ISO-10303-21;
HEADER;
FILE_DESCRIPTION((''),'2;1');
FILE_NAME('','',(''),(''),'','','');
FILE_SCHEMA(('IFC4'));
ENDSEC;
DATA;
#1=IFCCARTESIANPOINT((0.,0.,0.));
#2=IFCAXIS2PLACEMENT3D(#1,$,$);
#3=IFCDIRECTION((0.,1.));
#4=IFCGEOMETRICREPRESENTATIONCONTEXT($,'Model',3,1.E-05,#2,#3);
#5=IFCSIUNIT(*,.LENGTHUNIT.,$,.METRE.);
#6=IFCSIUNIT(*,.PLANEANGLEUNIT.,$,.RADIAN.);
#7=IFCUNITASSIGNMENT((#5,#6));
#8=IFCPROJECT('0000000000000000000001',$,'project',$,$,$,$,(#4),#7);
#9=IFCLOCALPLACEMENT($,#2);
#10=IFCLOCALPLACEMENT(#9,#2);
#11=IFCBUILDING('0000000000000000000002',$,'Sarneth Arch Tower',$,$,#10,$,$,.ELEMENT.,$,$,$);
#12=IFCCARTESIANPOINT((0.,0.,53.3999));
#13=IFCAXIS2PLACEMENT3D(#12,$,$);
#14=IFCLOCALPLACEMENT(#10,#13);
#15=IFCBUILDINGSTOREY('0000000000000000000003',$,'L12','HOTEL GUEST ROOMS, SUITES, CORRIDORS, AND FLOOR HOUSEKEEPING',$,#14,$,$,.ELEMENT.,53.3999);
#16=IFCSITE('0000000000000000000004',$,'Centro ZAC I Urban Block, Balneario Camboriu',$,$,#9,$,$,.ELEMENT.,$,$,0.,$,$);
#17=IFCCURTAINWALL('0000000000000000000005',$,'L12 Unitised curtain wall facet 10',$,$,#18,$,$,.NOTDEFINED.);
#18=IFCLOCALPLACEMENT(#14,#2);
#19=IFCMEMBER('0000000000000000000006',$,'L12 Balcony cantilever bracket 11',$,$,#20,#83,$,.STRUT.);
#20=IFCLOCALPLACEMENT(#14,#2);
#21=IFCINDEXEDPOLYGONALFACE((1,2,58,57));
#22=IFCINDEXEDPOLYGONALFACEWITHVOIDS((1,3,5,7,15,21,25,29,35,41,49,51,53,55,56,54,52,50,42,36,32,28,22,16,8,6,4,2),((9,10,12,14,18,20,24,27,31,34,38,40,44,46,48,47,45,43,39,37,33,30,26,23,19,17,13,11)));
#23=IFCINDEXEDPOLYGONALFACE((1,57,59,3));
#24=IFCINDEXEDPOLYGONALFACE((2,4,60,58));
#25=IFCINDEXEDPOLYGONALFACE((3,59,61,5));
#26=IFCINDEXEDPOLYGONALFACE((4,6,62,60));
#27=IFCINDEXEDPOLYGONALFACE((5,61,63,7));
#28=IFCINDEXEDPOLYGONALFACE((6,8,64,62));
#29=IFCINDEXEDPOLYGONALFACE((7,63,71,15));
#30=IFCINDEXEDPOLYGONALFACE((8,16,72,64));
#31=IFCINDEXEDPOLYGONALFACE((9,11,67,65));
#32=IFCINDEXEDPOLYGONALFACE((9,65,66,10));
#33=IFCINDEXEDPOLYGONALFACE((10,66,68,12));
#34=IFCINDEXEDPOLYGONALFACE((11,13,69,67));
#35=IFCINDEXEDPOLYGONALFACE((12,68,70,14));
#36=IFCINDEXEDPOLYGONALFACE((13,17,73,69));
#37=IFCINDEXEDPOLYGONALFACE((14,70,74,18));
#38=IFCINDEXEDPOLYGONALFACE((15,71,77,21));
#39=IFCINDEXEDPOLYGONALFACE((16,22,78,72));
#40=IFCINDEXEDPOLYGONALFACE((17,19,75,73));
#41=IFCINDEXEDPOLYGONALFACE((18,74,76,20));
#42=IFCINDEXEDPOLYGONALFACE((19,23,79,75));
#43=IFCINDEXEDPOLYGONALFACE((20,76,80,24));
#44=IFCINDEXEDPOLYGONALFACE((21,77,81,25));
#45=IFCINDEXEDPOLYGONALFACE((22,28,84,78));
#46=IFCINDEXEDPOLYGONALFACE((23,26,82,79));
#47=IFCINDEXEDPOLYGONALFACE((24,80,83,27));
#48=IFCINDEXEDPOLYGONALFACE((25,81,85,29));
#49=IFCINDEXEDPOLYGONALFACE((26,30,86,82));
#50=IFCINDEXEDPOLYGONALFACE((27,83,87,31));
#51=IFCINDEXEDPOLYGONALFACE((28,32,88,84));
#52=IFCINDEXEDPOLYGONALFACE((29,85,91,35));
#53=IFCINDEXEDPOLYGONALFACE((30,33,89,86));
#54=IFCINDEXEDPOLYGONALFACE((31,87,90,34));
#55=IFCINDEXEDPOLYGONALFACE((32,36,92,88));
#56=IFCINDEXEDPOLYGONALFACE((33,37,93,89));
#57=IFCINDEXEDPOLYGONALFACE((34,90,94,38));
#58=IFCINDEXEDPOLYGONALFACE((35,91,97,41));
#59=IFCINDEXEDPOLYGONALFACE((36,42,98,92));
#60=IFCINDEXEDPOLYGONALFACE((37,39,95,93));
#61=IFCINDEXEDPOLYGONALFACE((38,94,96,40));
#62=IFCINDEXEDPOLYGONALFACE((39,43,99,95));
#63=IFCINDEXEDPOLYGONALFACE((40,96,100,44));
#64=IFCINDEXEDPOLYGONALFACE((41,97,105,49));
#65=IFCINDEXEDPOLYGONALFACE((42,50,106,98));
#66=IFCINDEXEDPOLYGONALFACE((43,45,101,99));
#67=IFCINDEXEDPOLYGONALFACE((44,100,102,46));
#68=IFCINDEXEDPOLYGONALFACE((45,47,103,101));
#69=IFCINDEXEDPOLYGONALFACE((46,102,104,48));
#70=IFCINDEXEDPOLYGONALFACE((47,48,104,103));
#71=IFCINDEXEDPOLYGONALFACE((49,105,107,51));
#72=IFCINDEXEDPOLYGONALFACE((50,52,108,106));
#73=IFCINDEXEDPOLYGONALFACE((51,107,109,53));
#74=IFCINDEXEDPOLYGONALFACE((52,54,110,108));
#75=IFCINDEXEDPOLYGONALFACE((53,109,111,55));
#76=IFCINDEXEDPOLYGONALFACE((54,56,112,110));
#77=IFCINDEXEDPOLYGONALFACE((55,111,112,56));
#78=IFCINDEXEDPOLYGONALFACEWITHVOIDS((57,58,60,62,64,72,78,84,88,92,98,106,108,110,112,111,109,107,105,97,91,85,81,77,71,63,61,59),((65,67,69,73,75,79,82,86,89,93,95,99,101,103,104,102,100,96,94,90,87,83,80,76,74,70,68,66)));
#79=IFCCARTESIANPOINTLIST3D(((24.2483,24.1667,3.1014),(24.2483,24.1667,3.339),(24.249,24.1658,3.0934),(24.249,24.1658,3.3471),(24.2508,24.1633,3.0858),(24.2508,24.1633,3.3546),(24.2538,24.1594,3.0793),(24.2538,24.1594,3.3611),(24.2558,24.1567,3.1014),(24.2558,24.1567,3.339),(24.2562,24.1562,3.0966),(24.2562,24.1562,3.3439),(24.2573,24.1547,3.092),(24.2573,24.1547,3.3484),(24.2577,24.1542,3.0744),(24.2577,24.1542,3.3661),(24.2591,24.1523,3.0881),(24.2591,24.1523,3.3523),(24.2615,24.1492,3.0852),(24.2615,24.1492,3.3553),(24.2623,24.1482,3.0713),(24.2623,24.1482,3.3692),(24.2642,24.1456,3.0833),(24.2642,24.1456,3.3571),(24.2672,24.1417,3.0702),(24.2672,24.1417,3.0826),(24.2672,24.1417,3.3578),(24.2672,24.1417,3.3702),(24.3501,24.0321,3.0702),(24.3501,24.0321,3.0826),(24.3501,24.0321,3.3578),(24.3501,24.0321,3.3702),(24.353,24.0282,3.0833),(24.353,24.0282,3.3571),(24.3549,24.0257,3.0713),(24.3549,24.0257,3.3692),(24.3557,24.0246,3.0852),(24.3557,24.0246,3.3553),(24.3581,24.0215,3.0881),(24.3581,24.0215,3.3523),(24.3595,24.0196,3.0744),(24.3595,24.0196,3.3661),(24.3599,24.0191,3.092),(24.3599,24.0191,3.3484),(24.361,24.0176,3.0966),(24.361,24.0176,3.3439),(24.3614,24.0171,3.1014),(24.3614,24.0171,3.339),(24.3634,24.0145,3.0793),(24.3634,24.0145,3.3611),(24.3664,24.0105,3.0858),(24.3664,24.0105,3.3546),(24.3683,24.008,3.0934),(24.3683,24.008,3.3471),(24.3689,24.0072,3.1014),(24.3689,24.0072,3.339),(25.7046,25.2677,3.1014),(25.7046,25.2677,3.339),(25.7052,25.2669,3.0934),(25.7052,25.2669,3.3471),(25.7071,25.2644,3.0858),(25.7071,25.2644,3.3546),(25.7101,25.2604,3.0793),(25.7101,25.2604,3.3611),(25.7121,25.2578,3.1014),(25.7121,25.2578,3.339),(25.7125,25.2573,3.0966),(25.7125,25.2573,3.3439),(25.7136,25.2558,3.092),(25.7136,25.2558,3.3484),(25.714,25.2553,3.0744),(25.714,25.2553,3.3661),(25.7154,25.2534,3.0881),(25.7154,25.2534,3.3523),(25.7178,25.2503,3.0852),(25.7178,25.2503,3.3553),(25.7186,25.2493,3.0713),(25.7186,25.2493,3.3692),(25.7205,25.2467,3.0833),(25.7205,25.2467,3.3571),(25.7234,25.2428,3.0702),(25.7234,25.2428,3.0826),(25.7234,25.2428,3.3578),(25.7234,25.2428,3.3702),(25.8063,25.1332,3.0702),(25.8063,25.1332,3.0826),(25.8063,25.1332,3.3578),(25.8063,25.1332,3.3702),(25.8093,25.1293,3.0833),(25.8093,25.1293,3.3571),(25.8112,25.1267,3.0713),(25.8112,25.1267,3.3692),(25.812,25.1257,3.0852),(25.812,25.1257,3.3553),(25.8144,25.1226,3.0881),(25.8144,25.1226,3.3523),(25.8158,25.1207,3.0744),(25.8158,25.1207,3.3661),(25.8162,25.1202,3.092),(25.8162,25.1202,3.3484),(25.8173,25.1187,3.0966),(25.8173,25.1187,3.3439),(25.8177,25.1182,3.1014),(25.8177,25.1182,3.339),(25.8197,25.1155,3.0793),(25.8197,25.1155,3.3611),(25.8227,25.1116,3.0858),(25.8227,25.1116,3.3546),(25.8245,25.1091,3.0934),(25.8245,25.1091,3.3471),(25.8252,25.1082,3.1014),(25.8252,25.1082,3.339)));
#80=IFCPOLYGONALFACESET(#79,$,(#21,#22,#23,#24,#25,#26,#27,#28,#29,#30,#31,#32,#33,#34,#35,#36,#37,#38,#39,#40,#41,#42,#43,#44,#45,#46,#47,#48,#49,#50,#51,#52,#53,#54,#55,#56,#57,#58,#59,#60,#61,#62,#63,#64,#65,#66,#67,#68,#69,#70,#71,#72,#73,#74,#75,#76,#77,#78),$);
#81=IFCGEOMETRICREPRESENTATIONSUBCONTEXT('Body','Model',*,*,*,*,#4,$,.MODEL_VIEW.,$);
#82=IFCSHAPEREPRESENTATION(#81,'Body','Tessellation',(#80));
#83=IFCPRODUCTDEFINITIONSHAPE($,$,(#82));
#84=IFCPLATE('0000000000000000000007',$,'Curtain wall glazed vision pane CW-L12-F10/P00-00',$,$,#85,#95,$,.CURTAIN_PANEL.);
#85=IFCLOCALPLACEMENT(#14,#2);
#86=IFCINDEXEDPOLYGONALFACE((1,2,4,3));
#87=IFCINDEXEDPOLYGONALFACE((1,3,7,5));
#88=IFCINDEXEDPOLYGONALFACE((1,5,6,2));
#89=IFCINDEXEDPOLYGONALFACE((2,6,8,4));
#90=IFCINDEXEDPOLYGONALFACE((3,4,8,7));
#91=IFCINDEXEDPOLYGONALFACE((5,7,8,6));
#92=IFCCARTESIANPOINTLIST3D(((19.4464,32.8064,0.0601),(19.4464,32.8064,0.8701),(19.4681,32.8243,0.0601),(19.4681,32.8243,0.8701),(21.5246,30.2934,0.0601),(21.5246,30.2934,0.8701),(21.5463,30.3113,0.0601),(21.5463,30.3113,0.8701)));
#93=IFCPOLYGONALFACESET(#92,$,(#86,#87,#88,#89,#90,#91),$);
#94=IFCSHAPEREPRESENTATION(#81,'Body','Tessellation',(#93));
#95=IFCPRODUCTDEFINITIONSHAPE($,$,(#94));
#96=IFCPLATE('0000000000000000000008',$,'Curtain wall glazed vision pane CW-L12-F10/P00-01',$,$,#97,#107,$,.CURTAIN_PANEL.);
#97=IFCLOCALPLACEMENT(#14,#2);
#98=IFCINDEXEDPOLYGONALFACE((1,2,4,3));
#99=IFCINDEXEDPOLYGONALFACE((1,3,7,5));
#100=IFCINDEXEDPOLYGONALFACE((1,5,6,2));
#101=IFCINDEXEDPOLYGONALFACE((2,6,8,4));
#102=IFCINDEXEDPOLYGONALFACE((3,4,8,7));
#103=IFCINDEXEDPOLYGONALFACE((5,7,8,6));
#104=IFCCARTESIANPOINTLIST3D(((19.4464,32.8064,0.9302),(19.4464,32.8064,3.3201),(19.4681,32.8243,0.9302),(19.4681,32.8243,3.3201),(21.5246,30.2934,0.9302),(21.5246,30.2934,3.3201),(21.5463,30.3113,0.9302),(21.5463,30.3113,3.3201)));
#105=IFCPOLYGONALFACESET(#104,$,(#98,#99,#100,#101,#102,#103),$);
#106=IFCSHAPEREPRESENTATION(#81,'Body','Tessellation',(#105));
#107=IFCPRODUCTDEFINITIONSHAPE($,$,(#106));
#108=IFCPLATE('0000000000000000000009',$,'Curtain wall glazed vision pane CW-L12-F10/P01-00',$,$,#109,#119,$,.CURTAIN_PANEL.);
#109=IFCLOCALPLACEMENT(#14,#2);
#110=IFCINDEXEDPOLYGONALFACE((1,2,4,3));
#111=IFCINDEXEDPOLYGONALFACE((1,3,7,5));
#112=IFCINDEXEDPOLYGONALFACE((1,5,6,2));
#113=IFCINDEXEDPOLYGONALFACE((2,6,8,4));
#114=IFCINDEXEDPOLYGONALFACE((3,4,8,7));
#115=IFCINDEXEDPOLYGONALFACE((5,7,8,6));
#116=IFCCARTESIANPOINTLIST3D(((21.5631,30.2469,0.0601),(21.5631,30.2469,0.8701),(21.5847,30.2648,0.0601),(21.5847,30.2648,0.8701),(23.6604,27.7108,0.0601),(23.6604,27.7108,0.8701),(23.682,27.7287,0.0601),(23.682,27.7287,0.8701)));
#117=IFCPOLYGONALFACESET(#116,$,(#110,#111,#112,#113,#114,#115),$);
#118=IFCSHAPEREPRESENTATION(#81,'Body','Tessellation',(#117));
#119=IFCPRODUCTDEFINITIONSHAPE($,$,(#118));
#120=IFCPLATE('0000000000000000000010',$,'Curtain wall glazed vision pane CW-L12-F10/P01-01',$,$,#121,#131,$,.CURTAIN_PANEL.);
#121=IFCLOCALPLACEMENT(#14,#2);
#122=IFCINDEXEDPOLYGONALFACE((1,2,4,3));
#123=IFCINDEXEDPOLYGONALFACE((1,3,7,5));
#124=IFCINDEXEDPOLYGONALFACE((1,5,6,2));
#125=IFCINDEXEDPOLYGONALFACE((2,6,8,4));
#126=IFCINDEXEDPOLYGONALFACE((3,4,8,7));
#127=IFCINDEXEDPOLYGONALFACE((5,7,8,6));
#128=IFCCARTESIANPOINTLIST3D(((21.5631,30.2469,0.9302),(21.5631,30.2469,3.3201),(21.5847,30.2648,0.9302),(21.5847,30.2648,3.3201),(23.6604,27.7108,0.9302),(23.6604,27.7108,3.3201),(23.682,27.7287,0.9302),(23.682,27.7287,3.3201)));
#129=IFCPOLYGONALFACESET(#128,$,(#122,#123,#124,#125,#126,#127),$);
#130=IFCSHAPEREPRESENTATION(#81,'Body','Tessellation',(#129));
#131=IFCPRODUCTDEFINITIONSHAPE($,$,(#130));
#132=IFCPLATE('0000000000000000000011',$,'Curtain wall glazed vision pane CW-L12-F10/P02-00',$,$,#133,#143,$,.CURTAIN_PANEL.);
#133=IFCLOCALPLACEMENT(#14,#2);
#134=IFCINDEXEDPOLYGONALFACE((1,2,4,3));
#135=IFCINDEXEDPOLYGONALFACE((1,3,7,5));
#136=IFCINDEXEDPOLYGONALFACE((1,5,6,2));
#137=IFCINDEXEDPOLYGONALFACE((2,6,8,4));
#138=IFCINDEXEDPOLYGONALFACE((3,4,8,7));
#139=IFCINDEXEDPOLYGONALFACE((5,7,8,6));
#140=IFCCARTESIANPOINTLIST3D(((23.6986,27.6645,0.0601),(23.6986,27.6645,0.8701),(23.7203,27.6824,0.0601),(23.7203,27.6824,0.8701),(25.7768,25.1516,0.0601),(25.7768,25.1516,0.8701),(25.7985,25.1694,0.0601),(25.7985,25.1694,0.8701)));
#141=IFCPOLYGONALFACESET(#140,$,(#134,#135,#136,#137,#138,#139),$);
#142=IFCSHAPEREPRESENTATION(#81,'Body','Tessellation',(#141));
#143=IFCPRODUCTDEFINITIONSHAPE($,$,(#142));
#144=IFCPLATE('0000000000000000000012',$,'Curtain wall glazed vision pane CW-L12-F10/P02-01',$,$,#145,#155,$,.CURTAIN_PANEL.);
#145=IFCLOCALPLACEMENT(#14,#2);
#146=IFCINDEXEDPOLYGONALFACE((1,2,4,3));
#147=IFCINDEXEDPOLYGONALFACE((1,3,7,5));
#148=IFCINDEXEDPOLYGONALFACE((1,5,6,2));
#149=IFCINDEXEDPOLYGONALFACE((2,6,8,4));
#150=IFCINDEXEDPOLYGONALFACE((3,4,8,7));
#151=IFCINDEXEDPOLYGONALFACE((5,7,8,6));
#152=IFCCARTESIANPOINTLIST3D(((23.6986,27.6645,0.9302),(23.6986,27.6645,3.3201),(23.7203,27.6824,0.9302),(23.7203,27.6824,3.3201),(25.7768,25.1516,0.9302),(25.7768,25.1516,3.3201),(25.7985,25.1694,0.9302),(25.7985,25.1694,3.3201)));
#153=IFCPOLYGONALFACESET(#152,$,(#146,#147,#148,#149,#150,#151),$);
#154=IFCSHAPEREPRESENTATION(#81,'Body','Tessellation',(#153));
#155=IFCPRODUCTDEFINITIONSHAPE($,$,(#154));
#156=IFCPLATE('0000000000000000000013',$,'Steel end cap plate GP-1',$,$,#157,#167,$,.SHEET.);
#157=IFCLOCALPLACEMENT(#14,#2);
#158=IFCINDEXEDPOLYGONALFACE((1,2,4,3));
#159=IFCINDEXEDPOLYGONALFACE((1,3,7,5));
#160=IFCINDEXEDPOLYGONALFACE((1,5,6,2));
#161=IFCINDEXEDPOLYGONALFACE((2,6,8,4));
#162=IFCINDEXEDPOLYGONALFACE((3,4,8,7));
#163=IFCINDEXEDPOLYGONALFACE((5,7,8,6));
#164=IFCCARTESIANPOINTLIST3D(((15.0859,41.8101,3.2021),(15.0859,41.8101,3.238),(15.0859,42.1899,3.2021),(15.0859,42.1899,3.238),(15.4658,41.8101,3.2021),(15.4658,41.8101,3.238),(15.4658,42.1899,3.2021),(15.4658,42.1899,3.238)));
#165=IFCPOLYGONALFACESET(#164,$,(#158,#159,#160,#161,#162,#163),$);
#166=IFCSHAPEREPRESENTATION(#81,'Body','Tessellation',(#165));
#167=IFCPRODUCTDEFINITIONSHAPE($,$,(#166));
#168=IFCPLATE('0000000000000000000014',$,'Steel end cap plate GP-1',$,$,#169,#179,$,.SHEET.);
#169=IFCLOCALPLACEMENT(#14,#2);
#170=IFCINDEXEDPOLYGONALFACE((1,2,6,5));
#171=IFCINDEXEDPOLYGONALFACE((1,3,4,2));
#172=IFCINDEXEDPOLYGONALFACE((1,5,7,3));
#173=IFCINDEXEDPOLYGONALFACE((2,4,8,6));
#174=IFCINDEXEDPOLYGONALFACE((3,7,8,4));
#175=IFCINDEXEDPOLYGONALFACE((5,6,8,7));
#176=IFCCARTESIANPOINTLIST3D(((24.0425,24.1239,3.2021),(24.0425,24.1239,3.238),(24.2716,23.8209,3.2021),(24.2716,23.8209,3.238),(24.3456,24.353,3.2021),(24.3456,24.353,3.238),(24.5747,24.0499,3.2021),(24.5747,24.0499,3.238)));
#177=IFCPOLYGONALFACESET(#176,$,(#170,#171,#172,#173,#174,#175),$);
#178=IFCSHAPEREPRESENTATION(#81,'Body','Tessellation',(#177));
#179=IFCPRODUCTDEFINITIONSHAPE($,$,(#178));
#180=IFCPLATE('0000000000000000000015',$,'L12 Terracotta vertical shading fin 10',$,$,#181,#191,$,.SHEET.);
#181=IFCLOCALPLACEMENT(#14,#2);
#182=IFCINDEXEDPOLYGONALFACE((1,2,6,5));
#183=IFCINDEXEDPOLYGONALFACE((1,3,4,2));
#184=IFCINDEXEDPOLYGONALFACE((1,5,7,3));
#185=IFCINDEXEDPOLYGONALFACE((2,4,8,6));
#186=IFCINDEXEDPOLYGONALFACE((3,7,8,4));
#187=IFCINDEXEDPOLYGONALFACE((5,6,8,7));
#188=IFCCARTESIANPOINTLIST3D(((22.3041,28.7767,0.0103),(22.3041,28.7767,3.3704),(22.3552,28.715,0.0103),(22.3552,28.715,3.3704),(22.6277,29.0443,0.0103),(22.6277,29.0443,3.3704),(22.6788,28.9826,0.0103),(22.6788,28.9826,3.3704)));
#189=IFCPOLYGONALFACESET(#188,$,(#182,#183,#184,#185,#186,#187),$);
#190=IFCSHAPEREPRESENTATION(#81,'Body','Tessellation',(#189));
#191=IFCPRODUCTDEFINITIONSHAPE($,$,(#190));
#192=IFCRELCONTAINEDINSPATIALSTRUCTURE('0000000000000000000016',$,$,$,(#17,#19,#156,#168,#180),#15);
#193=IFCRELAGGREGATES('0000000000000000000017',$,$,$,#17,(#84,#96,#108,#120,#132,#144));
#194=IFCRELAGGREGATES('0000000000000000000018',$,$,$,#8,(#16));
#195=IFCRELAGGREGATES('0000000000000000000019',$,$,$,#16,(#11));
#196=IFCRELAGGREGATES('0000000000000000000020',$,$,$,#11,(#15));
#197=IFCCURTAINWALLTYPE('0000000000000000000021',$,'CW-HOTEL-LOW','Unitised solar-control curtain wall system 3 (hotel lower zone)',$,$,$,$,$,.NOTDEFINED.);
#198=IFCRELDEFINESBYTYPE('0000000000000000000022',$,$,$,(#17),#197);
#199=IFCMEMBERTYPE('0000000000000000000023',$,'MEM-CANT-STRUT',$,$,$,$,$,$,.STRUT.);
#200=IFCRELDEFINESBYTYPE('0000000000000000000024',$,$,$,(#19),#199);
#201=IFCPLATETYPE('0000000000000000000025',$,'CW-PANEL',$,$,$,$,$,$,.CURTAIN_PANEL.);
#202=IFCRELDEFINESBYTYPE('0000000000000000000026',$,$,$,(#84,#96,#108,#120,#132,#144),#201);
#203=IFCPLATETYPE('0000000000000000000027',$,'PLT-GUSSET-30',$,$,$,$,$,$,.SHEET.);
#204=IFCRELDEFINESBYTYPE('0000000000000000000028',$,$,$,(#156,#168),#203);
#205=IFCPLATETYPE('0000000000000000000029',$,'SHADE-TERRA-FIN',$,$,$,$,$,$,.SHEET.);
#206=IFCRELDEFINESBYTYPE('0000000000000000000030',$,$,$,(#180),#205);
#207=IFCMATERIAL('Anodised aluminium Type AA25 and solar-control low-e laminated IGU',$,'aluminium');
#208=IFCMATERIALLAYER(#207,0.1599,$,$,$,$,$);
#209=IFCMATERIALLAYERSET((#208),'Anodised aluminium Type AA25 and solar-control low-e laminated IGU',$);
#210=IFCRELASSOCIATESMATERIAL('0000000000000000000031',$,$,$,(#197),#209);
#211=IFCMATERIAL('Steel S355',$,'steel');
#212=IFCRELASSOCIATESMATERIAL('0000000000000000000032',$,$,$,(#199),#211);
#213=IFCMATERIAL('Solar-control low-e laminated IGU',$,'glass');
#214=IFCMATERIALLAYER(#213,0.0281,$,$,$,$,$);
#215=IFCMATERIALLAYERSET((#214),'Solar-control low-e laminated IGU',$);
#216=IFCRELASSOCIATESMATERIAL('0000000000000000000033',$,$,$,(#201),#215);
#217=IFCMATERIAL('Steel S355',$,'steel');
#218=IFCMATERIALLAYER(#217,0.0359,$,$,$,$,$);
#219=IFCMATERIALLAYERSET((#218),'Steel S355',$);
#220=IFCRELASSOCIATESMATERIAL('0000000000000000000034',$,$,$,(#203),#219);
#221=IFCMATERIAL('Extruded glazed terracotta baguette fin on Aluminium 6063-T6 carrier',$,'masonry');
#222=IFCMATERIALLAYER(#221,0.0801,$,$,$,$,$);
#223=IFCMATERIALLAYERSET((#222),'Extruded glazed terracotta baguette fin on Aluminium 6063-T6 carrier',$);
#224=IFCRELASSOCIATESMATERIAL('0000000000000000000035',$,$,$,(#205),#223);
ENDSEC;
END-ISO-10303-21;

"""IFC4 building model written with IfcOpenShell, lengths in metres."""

from ifc_helpers import new_model, si_unit, direction, frame, origin, origin_2d, place, context, subcontext, project, spatial, rectangle, hollow_rectangle, extrude, material, layer, layer_set, material_profile, profile_set, type_object, element, aggregate, save


model = new_model("IFC4")

# Units and contexts
model_context = context("Model", 3, precision=1e-05, world=origin(), true_north=direction((0.0, 1.0)))
body_context = subcontext(model_context, "Body", "Model", "MODEL_VIEW")
ifc_project = project(units=[si_unit("LENGTHUNIT", "METRE"), si_unit("PLANEANGLEUNIT", "RADIAN")], contexts=[model_context])

# Site, building, storey
site_placement = place(None, origin())
site = spatial("IfcSite", under=ifc_project, at=site_placement, Name="Centro ZAC I Urban Block, Balneario Camboriu", CompositionType="ELEMENT", RefElevation=0.0)
building_placement = place(site_placement, origin())
building = spatial("IfcBuilding", under=site, at=building_placement, Name="Sarneth Arch Tower", CompositionType="ELEMENT")
storey_placement = place(building_placement, frame((0.0, 0.0, 53.3999)))
storey = spatial("IfcBuildingStorey", under=building, at=storey_placement, Name="L12", Description="HOTEL GUEST ROOMS, SUITES, CORRIDORS, AND FLOOR HOUSEKEEPING", CompositionType="ELEMENT", Elevation=53.3999)

# Curtain wall
ifc_material_1 = material(Name="Anodised aluminium Type AA25 and solar-control low-e laminated IGU", Category="aluminium")
ifc_layer_1 = layer(ifc_material_1, 0.1599)
ifc_layer_set_1 = layer_set([ifc_layer_1], Name="Anodised aluminium Type AA25 and solar-control low-e laminated IGU")
curtain_wall_type = type_object("IfcCurtainWallType", Name="CW-HOTEL-LOW", Description="Unitised solar-control curtain wall system 3 (hotel lower zone)", PredefinedType="NOTDEFINED", material=ifc_layer_set_1)
curtain_wall_placement = place(storey_placement, origin())
curtain_wall = element("IfcCurtainWall", 1, at=curtain_wall_placement, inside=storey, type_object=curtain_wall_type, Name="L12 Unitised curtain wall facet 10", PredefinedType="NOTDEFINED")

# Member
ifc_material_2 = material(Name="Steel S355", Category="steel")
ifc_material_profile_1 = material_profile(ifc_material_2, hollow_rectangle(XDim=0.2, YDim=0.3, WallThickness=0.0125, InnerFilletRadius=0.0188, OuterFilletRadius=0.0312, at=origin_2d()), Name="RHS300x200x12.5")
ifc_profile_set_1 = profile_set([ifc_material_profile_1], Name="Steel S355")
member_type_1 = type_object("IfcMemberType", Name="MEM-CANT-STRUT", PredefinedType="STRUT", material=ifc_profile_set_1)
member_1_placement = place(storey_placement, frame((25.7649, 25.188, 3.2202), z_axis=(-0.797667, -0.603098, 0.0), x_axis=(0.603098, -0.797667, 0.0)))
element("IfcMember", 2, at=member_1_placement, inside=storey, type_object=member_type_1, Name="L12 Balcony cantilever bracket 11", PredefinedType="STRUT", context=body_context, shape_type="SweptSolid", body=[
    extrude(hollow_rectangle(XDim=0.2, YDim=0.3, WallThickness=0.0125, InnerFilletRadius=0.0188, OuterFilletRadius=0.0312, at=origin_2d()), origin(), (0.0, 0.0, 1.0), 1.8257),
])

# Plates
ifc_material_3 = material(Name="Solar-control low-e laminated IGU", Category="glass")
ifc_layer_2 = layer(ifc_material_3, 0.0281)
ifc_layer_set_2 = layer_set([ifc_layer_2], Name="Solar-control low-e laminated IGU")
plate_type_1 = type_object("IfcPlateType", Name="CW-PANEL", PredefinedType="CURTAIN_PANEL", material=ifc_layer_set_2)
plate_1_placement = place(storey_placement, frame((20.4963, 31.5588, 0.0601), z_axis=(0.0, 0.0, 1.0), x_axis=(0.637291, -0.770623, 0.0)))
plate_1 = element("IfcPlate", 3, at=plate_1_placement, type_object=plate_type_1, Name="Curtain wall glazed vision pane CW-L12-F10/P00-00", PredefinedType="CURTAIN_PANEL", context=body_context, shape_type="SweptSolid", body=[
    extrude(rectangle(XDim=3.261, YDim=0.0281, at=origin_2d()), origin(), (0.0, 0.0, 1.0), 0.8101),
])
plate_2_placement = place(storey_placement, frame((20.4963, 31.5588, 0.9302), z_axis=(0.0, 0.0, 1.0), x_axis=(0.637291, -0.770623, 0.0)))
plate_2 = element("IfcPlate", 4, at=plate_2_placement, type_object=plate_type_1, Name="Curtain wall glazed vision pane CW-L12-F10/P00-01", PredefinedType="CURTAIN_PANEL", context=body_context, shape_type="SweptSolid", body=[
    extrude(rectangle(XDim=3.261, YDim=0.0281, at=origin_2d()), origin(), (0.0, 0.0, 1.0), 2.3899),
])
plate_3_placement = place(storey_placement, frame((22.6226, 28.9878, 0.0601), z_axis=(0.0, 0.0, 1.0), x_axis=(0.637291, -0.770623, 0.0)))
plate_3 = element("IfcPlate", 5, at=plate_3_placement, type_object=plate_type_1, Name="Curtain wall glazed vision pane CW-L12-F10/P01-00", PredefinedType="CURTAIN_PANEL", context=body_context, shape_type="SweptSolid", body=[
    extrude(rectangle(XDim=3.291, YDim=0.0281, at=origin_2d()), origin(), (0.0, 0.0, 1.0), 0.8101),
])
plate_4_placement = place(storey_placement, frame((22.6226, 28.9878, 0.9302), z_axis=(0.0, 0.0, 1.0), x_axis=(0.637291, -0.770623, 0.0)))
plate_4 = element("IfcPlate", 6, at=plate_4_placement, type_object=plate_type_1, Name="Curtain wall glazed vision pane CW-L12-F10/P01-01", PredefinedType="CURTAIN_PANEL", context=body_context, shape_type="SweptSolid", body=[
    extrude(rectangle(XDim=3.291, YDim=0.0281, at=origin_2d()), origin(), (0.0, 0.0, 1.0), 2.3899),
])
plate_5_placement = place(storey_placement, frame((24.7485, 26.417, 0.0601), z_axis=(0.0, 0.0, 1.0), x_axis=(0.637291, -0.770623, 0.0)))
plate_5 = element("IfcPlate", 7, at=plate_5_placement, type_object=plate_type_1, Name="Curtain wall glazed vision pane CW-L12-F10/P02-00", PredefinedType="CURTAIN_PANEL", context=body_context, shape_type="SweptSolid", body=[
    extrude(rectangle(XDim=3.261, YDim=0.0281, at=origin_2d()), origin(), (0.0, 0.0, 1.0), 0.8101),
])
plate_6_placement = place(storey_placement, frame((24.7485, 26.417, 0.9302), z_axis=(0.0, 0.0, 1.0), x_axis=(0.637291, -0.770623, 0.0)))
plate_6 = element("IfcPlate", 8, at=plate_6_placement, type_object=plate_type_1, Name="Curtain wall glazed vision pane CW-L12-F10/P02-01", PredefinedType="CURTAIN_PANEL", context=body_context, shape_type="SweptSolid", body=[
    extrude(rectangle(XDim=3.261, YDim=0.0281, at=origin_2d()), origin(), (0.0, 0.0, 1.0), 2.3899),
])
aggregate(curtain_wall, [plate_1, plate_2, plate_3, plate_4, plate_5, plate_6])

# Plates
ifc_material_4 = material(Name="Steel S355", Category="steel")
ifc_layer_3 = layer(ifc_material_4, 0.0359)
ifc_layer_set_3 = layer_set([ifc_layer_3], Name="Steel S355")
plate_type_2 = type_object("IfcPlateType", Name="PLT-GUSSET-30", PredefinedType="SHEET", material=ifc_layer_set_3)
for number, where, z_axis, x_axis, name in (
    (9, (15.2759, 42.0, 3.2021), (0.0, 0.0, 1.0), (-1.0, 0.0, 0.0), "Steel end cap plate GP-1"),
    (10, (24.3086, 24.0869, 3.2021), (0.0, 0.0, 1.0), (-0.797689, -0.603069, 0.0), "Steel end cap plate GP-1"),
):
    element("IfcPlate", number, at=place(storey_placement, frame(where, z_axis=z_axis, x_axis=x_axis)), inside=storey, type_object=plate_type_2, Name=name, PredefinedType="SHEET", context=body_context, shape_type="SweptSolid", body=[
        extrude(rectangle(XDim=0.3799, YDim=0.3799, at=origin_2d()), origin(), (0.0, 0.0, 1.0), 0.0359),
    ])
ifc_material_5 = material(Name="Extruded glazed terracotta baguette fin on Aluminium 6063-T6 carrier", Category="masonry")
ifc_layer_4 = layer(ifc_material_5, 0.0801)
ifc_layer_set_4 = layer_set([ifc_layer_4], Name="Extruded glazed terracotta baguette fin on Aluminium 6063-T6 carrier")
plate_type_3 = type_object("IfcPlateType", Name="SHADE-TERRA-FIN", PredefinedType="SHEET", material=ifc_layer_set_4)
plate_7_placement = place(storey_placement, frame((22.4915, 28.8796, 0.0103), z_axis=(0.0, 0.0, 1.0), x_axis=(-0.770624, -0.63729, 0.0)))
element("IfcPlate", 11, at=plate_7_placement, inside=storey, type_object=plate_type_3, Name="L12 Terracotta vertical shading fin 10", PredefinedType="SHEET", context=body_context, shape_type="SweptSolid", body=[
    extrude(rectangle(XDim=0.4199, YDim=0.0801, at=origin_2d()), origin(), (0.0, 0.0, 1.0), 3.3601),
])

save(model, "model.ifc")
